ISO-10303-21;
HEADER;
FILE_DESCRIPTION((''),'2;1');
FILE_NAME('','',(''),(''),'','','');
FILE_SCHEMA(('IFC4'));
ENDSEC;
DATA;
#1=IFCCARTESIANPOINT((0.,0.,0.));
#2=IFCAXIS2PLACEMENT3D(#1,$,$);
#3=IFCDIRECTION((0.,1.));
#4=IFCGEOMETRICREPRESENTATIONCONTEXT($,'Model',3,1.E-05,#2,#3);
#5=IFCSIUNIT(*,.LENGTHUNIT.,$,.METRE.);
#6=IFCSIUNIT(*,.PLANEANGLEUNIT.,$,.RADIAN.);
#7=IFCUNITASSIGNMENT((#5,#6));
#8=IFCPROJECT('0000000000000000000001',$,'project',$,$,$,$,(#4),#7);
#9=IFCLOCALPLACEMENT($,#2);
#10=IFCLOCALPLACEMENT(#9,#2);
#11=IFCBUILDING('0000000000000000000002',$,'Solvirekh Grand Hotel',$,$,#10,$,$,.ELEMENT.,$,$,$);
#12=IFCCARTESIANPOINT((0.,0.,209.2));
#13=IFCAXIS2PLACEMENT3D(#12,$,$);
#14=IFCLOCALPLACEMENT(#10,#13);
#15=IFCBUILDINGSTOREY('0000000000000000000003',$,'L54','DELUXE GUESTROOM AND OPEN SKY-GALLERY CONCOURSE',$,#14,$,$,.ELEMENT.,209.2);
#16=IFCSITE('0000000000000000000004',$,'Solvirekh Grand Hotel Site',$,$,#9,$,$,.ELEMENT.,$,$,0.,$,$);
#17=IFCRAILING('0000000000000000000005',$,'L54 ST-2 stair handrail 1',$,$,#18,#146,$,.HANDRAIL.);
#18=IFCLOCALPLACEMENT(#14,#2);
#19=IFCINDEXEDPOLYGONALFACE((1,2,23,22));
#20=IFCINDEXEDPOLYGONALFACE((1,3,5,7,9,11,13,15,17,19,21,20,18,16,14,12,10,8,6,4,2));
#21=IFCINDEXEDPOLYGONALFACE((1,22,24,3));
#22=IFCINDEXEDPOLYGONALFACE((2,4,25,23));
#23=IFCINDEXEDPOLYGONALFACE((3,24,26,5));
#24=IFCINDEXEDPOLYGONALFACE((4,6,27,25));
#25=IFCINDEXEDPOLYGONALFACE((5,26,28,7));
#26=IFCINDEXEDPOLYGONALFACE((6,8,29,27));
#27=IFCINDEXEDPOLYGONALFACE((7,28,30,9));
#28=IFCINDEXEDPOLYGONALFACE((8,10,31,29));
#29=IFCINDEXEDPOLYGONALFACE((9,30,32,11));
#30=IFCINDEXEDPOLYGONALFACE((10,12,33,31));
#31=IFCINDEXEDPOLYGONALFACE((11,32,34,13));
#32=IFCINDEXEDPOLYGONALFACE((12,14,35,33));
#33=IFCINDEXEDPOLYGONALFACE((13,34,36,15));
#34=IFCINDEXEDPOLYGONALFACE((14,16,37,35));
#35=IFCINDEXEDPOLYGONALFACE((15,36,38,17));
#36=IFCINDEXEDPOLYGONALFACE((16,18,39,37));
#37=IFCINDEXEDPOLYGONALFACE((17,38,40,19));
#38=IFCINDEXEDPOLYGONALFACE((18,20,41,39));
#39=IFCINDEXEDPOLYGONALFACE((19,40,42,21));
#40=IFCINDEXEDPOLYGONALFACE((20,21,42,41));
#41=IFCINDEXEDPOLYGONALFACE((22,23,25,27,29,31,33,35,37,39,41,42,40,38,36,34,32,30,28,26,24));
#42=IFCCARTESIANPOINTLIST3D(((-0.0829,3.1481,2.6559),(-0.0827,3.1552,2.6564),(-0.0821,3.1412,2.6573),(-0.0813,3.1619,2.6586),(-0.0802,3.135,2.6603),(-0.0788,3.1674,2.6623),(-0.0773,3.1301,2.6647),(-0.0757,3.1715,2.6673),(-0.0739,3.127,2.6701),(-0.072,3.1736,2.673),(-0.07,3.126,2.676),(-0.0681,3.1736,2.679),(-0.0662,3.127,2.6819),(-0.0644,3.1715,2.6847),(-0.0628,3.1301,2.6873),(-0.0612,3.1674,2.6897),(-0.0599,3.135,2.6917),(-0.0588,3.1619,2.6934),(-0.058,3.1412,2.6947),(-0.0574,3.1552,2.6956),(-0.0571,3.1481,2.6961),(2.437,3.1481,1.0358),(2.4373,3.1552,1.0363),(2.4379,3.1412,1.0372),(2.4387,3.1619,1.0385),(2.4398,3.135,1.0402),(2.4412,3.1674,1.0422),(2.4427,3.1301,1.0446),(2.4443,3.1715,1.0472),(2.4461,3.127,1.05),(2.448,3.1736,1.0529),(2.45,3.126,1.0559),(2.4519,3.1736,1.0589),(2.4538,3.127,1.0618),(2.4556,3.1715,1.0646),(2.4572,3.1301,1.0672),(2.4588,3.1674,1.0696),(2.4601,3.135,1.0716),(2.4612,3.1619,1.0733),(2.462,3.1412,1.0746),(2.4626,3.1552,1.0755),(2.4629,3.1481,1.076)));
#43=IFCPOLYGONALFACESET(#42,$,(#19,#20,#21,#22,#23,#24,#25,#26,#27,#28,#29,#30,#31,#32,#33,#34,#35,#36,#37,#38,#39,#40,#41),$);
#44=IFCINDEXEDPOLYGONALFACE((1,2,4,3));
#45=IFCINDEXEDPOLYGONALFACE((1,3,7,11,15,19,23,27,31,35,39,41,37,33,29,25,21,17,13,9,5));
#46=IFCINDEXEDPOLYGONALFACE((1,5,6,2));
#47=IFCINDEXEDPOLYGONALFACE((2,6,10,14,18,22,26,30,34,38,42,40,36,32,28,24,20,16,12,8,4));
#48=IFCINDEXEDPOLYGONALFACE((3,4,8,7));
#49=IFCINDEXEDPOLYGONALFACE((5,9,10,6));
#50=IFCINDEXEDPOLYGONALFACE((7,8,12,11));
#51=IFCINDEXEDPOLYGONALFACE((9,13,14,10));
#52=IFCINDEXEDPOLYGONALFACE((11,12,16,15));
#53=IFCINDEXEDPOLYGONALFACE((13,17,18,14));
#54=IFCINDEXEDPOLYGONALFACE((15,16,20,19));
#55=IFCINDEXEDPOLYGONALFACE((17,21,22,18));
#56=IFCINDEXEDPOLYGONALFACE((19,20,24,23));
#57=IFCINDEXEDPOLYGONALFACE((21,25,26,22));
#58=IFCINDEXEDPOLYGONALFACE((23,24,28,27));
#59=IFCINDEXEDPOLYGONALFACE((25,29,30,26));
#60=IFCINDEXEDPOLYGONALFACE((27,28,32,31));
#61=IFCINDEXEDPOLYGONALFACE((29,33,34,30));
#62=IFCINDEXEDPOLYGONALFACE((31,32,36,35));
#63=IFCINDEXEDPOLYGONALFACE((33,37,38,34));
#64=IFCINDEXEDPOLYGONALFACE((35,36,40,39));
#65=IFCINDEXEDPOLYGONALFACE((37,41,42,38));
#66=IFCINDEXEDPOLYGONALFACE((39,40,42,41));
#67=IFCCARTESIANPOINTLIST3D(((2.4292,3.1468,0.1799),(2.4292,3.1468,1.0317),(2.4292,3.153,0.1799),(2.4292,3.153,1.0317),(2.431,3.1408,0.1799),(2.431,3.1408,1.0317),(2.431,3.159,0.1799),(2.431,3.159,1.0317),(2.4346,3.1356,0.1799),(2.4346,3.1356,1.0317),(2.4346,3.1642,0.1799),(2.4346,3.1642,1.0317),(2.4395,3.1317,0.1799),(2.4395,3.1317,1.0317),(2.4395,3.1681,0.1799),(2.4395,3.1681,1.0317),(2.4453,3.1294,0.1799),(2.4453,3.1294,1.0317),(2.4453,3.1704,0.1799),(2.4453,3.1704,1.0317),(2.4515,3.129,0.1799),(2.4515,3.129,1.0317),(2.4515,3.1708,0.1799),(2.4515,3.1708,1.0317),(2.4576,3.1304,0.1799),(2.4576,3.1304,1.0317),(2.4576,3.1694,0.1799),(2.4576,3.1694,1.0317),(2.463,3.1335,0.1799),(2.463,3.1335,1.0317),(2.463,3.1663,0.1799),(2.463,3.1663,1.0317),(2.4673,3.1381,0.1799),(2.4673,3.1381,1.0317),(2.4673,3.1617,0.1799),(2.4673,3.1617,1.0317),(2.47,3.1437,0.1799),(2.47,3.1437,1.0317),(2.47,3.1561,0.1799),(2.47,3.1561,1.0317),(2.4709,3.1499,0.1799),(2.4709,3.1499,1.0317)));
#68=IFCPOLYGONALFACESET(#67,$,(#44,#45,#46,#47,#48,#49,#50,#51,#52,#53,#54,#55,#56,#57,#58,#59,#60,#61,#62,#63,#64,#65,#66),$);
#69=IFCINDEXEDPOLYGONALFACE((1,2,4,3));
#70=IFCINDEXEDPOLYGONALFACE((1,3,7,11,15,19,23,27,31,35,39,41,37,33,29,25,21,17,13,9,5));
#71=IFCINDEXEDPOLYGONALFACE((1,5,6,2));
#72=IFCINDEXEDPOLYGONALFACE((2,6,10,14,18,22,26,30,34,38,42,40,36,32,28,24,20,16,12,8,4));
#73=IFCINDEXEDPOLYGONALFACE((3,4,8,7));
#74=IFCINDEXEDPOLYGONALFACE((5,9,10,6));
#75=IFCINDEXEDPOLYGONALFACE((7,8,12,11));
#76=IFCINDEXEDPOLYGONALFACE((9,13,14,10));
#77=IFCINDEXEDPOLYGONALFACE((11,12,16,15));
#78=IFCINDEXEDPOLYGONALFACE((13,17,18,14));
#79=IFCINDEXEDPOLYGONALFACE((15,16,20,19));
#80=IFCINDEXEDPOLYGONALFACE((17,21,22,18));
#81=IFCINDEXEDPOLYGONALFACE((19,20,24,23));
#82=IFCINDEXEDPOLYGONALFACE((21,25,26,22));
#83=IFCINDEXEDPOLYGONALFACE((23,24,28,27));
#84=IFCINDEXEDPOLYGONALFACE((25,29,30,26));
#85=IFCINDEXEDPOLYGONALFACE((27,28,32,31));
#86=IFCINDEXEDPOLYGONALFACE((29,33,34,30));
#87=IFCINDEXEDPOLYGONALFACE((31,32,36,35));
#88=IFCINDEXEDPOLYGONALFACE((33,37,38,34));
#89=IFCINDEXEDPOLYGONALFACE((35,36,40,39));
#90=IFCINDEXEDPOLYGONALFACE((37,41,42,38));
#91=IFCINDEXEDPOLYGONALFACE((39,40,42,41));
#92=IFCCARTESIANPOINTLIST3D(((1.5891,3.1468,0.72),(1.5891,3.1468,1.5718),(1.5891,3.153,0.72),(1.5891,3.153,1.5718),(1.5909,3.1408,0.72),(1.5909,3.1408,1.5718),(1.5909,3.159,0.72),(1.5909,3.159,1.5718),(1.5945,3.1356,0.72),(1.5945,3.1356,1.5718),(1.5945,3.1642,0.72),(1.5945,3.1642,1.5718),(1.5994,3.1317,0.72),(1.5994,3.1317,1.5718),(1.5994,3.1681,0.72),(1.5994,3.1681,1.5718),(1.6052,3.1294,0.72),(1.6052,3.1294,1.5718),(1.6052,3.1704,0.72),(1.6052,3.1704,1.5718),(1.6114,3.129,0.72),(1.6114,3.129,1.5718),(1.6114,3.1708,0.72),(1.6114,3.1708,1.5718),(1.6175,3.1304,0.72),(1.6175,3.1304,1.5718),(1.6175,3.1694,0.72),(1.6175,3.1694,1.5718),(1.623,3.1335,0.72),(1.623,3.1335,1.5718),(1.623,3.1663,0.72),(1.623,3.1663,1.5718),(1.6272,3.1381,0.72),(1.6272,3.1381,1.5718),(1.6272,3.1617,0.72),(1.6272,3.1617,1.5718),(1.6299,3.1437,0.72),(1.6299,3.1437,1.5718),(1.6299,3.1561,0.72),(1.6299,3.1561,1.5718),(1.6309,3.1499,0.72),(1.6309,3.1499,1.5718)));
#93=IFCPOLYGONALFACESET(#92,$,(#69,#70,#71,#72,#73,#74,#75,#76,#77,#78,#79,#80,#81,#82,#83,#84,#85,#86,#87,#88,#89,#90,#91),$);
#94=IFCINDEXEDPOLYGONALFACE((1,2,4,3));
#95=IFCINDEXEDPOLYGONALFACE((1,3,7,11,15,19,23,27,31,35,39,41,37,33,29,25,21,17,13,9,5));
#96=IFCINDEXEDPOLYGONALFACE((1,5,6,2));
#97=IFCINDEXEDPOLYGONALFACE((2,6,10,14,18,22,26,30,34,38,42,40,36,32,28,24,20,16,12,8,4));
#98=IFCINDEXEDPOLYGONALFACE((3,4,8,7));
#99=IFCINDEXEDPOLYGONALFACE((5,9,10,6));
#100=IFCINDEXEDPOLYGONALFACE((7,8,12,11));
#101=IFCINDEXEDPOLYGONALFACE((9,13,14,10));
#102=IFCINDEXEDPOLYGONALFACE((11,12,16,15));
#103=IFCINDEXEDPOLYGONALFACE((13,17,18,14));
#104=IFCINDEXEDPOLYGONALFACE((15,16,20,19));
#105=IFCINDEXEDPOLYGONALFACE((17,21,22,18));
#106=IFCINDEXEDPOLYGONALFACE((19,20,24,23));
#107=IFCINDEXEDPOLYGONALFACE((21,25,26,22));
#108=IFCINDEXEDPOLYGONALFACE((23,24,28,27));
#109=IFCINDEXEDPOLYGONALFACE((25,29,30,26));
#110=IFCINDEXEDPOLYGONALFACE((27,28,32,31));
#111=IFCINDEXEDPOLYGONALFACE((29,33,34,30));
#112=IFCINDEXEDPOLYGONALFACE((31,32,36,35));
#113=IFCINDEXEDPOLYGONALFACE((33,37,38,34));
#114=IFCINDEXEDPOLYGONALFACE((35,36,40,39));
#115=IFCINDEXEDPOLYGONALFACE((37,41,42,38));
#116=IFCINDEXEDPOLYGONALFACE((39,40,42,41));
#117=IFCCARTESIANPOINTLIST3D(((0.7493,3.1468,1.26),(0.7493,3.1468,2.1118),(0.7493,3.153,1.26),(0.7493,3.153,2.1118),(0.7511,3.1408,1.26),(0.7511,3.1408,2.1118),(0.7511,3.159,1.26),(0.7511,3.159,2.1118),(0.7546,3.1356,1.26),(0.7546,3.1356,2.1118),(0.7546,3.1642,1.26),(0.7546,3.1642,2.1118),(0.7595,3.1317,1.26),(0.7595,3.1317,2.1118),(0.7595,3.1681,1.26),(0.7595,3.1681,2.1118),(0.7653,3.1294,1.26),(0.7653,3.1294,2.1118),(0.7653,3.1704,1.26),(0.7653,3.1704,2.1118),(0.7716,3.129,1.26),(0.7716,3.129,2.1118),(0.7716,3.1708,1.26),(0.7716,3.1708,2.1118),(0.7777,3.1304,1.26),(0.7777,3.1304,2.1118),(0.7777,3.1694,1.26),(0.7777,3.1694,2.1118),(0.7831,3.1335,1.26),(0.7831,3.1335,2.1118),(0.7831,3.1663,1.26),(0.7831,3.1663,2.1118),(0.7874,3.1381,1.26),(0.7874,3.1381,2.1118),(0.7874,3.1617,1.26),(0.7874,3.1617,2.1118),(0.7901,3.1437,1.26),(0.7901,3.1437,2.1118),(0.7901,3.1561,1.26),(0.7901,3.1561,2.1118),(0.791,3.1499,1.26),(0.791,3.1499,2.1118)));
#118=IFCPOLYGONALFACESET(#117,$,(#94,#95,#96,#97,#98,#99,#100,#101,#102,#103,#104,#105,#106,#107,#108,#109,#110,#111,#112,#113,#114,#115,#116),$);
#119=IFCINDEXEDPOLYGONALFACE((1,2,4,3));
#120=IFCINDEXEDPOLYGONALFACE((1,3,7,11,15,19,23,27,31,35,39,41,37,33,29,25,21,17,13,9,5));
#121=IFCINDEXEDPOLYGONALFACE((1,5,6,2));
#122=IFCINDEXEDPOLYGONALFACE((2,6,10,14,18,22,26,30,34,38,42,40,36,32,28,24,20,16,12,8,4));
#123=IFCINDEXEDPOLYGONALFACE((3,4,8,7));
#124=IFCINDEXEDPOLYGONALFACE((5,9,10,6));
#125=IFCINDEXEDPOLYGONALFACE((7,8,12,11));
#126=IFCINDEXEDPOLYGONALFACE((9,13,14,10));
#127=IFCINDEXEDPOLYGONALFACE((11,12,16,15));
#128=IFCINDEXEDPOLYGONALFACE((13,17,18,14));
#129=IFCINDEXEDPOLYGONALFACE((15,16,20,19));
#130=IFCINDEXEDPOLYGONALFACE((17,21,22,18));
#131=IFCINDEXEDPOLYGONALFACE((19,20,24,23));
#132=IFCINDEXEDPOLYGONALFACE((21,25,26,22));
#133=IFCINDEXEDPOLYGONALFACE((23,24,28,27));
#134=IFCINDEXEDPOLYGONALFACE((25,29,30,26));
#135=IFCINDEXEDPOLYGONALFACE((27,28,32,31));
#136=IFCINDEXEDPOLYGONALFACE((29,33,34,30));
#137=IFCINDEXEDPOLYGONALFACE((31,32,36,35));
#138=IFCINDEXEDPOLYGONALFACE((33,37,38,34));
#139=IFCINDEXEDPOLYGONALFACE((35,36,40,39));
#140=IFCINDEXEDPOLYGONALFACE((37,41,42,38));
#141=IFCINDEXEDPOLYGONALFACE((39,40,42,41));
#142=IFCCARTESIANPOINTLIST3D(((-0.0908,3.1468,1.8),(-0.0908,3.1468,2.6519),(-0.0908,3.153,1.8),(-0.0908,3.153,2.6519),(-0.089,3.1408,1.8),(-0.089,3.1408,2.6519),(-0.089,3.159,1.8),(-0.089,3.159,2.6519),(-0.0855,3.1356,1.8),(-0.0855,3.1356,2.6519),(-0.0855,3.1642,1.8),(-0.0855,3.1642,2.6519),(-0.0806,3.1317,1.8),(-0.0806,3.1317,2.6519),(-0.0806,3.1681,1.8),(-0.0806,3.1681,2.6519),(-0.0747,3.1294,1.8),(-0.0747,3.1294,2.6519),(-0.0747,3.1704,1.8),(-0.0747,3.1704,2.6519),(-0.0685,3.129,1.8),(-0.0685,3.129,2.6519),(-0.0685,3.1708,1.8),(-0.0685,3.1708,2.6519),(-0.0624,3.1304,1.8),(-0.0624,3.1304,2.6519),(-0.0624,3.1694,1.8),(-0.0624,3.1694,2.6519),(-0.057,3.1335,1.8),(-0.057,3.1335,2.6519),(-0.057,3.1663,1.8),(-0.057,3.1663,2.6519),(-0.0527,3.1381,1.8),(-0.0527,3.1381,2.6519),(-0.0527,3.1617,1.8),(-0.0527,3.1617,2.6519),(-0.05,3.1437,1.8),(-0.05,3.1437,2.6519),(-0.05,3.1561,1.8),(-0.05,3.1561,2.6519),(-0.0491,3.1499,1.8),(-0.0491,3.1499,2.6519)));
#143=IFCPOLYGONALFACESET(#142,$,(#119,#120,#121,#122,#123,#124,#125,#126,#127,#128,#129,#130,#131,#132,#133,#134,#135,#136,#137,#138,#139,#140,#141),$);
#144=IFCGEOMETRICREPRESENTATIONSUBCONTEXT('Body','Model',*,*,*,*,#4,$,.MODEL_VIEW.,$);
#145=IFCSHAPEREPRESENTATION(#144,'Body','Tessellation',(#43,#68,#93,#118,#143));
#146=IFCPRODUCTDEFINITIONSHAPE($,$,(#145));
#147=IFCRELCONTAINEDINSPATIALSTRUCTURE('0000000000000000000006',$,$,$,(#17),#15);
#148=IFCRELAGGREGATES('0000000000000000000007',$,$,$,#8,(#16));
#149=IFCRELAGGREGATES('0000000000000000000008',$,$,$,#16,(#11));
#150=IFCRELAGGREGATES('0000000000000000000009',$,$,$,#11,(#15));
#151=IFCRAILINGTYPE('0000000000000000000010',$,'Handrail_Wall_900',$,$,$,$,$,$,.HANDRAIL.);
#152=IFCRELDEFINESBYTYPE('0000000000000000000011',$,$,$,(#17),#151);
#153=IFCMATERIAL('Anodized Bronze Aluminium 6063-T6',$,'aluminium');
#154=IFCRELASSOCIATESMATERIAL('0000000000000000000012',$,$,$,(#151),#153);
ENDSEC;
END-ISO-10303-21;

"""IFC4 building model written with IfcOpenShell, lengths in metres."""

from ifc_helpers import new_model, si_unit, direction, frame, origin, origin_2d, place, context, subcontext, project, spatial, circle, extrude, material, type_object, element, save


model = new_model("IFC4")

# Units and contexts
model_context = context("Model", 3, precision=1e-05, world=origin(), true_north=direction((0.0, 1.0)))
body_context = subcontext(model_context, "Body", "Model", "MODEL_VIEW")
ifc_project = project(units=[si_unit("LENGTHUNIT", "METRE"), si_unit("PLANEANGLEUNIT", "RADIAN")], contexts=[model_context])

# Site, building, storey
site_placement = place(None, origin())
site = spatial("IfcSite", under=ifc_project, at=site_placement, Name="Solvirekh Grand Hotel Site", CompositionType="ELEMENT", RefElevation=0.0)
building_placement = place(site_placement, origin())
building = spatial("IfcBuilding", under=site, at=building_placement, Name="Solvirekh Grand Hotel", CompositionType="ELEMENT")
storey_placement = place(building_placement, frame((0.0, 0.0, 209.2)))
storey = spatial("IfcBuildingStorey", under=building, at=storey_placement, Name="L54", Description="DELUXE GUESTROOM AND OPEN SKY-GALLERY CONCOURSE", CompositionType="ELEMENT", Elevation=209.2)

# Railing
ifc_material_1 = material(Name="Anodized Bronze Aluminium 6063-T6", Category="aluminium")
railing_type_1 = type_object("IfcRailingType", Name="Handrail_Wall_900", PredefinedType="HANDRAIL", material=ifc_material_1)
railing_1_placement = place(storey_placement, frame((2.45, 3.1499, 0.1799)))
element("IfcRailing", 1, at=railing_1_placement, inside=storey, type_object=railing_type_1, Name="L54 ST-2 stair handrail 1", PredefinedType="HANDRAIL", context=body_context, shape_type="SweptSolid", body=[
    extrude(circle(Radius=0.0239, at=origin_2d()), frame((0.0, 0.0, 0.876), z_axis=(-0.841163, 0.0, 0.540782), x_axis=(0.0, -1.0, 0.0)), (0.0, 0.0, 1.0), 2.9958),
    extrude(circle(Radius=0.021, at=origin_2d()), origin(), (0.0, 0.0, 1.0), 0.8518),
    extrude(circle(Radius=0.021, at=origin_2d()), frame((-0.8401, 0.0, 0.54)), (0.0, 0.0, 1.0), 0.8518),
    extrude(circle(Radius=0.021, at=origin_2d()), frame((-1.6799, 0.0, 1.0801)), (0.0, 0.0, 1.0), 0.8518),
    extrude(circle(Radius=0.021, at=origin_2d()), frame((-2.52, 0.0, 1.6201)), (0.0, 0.0, 1.0), 0.8518),
])

save(model, "model.ifc")
